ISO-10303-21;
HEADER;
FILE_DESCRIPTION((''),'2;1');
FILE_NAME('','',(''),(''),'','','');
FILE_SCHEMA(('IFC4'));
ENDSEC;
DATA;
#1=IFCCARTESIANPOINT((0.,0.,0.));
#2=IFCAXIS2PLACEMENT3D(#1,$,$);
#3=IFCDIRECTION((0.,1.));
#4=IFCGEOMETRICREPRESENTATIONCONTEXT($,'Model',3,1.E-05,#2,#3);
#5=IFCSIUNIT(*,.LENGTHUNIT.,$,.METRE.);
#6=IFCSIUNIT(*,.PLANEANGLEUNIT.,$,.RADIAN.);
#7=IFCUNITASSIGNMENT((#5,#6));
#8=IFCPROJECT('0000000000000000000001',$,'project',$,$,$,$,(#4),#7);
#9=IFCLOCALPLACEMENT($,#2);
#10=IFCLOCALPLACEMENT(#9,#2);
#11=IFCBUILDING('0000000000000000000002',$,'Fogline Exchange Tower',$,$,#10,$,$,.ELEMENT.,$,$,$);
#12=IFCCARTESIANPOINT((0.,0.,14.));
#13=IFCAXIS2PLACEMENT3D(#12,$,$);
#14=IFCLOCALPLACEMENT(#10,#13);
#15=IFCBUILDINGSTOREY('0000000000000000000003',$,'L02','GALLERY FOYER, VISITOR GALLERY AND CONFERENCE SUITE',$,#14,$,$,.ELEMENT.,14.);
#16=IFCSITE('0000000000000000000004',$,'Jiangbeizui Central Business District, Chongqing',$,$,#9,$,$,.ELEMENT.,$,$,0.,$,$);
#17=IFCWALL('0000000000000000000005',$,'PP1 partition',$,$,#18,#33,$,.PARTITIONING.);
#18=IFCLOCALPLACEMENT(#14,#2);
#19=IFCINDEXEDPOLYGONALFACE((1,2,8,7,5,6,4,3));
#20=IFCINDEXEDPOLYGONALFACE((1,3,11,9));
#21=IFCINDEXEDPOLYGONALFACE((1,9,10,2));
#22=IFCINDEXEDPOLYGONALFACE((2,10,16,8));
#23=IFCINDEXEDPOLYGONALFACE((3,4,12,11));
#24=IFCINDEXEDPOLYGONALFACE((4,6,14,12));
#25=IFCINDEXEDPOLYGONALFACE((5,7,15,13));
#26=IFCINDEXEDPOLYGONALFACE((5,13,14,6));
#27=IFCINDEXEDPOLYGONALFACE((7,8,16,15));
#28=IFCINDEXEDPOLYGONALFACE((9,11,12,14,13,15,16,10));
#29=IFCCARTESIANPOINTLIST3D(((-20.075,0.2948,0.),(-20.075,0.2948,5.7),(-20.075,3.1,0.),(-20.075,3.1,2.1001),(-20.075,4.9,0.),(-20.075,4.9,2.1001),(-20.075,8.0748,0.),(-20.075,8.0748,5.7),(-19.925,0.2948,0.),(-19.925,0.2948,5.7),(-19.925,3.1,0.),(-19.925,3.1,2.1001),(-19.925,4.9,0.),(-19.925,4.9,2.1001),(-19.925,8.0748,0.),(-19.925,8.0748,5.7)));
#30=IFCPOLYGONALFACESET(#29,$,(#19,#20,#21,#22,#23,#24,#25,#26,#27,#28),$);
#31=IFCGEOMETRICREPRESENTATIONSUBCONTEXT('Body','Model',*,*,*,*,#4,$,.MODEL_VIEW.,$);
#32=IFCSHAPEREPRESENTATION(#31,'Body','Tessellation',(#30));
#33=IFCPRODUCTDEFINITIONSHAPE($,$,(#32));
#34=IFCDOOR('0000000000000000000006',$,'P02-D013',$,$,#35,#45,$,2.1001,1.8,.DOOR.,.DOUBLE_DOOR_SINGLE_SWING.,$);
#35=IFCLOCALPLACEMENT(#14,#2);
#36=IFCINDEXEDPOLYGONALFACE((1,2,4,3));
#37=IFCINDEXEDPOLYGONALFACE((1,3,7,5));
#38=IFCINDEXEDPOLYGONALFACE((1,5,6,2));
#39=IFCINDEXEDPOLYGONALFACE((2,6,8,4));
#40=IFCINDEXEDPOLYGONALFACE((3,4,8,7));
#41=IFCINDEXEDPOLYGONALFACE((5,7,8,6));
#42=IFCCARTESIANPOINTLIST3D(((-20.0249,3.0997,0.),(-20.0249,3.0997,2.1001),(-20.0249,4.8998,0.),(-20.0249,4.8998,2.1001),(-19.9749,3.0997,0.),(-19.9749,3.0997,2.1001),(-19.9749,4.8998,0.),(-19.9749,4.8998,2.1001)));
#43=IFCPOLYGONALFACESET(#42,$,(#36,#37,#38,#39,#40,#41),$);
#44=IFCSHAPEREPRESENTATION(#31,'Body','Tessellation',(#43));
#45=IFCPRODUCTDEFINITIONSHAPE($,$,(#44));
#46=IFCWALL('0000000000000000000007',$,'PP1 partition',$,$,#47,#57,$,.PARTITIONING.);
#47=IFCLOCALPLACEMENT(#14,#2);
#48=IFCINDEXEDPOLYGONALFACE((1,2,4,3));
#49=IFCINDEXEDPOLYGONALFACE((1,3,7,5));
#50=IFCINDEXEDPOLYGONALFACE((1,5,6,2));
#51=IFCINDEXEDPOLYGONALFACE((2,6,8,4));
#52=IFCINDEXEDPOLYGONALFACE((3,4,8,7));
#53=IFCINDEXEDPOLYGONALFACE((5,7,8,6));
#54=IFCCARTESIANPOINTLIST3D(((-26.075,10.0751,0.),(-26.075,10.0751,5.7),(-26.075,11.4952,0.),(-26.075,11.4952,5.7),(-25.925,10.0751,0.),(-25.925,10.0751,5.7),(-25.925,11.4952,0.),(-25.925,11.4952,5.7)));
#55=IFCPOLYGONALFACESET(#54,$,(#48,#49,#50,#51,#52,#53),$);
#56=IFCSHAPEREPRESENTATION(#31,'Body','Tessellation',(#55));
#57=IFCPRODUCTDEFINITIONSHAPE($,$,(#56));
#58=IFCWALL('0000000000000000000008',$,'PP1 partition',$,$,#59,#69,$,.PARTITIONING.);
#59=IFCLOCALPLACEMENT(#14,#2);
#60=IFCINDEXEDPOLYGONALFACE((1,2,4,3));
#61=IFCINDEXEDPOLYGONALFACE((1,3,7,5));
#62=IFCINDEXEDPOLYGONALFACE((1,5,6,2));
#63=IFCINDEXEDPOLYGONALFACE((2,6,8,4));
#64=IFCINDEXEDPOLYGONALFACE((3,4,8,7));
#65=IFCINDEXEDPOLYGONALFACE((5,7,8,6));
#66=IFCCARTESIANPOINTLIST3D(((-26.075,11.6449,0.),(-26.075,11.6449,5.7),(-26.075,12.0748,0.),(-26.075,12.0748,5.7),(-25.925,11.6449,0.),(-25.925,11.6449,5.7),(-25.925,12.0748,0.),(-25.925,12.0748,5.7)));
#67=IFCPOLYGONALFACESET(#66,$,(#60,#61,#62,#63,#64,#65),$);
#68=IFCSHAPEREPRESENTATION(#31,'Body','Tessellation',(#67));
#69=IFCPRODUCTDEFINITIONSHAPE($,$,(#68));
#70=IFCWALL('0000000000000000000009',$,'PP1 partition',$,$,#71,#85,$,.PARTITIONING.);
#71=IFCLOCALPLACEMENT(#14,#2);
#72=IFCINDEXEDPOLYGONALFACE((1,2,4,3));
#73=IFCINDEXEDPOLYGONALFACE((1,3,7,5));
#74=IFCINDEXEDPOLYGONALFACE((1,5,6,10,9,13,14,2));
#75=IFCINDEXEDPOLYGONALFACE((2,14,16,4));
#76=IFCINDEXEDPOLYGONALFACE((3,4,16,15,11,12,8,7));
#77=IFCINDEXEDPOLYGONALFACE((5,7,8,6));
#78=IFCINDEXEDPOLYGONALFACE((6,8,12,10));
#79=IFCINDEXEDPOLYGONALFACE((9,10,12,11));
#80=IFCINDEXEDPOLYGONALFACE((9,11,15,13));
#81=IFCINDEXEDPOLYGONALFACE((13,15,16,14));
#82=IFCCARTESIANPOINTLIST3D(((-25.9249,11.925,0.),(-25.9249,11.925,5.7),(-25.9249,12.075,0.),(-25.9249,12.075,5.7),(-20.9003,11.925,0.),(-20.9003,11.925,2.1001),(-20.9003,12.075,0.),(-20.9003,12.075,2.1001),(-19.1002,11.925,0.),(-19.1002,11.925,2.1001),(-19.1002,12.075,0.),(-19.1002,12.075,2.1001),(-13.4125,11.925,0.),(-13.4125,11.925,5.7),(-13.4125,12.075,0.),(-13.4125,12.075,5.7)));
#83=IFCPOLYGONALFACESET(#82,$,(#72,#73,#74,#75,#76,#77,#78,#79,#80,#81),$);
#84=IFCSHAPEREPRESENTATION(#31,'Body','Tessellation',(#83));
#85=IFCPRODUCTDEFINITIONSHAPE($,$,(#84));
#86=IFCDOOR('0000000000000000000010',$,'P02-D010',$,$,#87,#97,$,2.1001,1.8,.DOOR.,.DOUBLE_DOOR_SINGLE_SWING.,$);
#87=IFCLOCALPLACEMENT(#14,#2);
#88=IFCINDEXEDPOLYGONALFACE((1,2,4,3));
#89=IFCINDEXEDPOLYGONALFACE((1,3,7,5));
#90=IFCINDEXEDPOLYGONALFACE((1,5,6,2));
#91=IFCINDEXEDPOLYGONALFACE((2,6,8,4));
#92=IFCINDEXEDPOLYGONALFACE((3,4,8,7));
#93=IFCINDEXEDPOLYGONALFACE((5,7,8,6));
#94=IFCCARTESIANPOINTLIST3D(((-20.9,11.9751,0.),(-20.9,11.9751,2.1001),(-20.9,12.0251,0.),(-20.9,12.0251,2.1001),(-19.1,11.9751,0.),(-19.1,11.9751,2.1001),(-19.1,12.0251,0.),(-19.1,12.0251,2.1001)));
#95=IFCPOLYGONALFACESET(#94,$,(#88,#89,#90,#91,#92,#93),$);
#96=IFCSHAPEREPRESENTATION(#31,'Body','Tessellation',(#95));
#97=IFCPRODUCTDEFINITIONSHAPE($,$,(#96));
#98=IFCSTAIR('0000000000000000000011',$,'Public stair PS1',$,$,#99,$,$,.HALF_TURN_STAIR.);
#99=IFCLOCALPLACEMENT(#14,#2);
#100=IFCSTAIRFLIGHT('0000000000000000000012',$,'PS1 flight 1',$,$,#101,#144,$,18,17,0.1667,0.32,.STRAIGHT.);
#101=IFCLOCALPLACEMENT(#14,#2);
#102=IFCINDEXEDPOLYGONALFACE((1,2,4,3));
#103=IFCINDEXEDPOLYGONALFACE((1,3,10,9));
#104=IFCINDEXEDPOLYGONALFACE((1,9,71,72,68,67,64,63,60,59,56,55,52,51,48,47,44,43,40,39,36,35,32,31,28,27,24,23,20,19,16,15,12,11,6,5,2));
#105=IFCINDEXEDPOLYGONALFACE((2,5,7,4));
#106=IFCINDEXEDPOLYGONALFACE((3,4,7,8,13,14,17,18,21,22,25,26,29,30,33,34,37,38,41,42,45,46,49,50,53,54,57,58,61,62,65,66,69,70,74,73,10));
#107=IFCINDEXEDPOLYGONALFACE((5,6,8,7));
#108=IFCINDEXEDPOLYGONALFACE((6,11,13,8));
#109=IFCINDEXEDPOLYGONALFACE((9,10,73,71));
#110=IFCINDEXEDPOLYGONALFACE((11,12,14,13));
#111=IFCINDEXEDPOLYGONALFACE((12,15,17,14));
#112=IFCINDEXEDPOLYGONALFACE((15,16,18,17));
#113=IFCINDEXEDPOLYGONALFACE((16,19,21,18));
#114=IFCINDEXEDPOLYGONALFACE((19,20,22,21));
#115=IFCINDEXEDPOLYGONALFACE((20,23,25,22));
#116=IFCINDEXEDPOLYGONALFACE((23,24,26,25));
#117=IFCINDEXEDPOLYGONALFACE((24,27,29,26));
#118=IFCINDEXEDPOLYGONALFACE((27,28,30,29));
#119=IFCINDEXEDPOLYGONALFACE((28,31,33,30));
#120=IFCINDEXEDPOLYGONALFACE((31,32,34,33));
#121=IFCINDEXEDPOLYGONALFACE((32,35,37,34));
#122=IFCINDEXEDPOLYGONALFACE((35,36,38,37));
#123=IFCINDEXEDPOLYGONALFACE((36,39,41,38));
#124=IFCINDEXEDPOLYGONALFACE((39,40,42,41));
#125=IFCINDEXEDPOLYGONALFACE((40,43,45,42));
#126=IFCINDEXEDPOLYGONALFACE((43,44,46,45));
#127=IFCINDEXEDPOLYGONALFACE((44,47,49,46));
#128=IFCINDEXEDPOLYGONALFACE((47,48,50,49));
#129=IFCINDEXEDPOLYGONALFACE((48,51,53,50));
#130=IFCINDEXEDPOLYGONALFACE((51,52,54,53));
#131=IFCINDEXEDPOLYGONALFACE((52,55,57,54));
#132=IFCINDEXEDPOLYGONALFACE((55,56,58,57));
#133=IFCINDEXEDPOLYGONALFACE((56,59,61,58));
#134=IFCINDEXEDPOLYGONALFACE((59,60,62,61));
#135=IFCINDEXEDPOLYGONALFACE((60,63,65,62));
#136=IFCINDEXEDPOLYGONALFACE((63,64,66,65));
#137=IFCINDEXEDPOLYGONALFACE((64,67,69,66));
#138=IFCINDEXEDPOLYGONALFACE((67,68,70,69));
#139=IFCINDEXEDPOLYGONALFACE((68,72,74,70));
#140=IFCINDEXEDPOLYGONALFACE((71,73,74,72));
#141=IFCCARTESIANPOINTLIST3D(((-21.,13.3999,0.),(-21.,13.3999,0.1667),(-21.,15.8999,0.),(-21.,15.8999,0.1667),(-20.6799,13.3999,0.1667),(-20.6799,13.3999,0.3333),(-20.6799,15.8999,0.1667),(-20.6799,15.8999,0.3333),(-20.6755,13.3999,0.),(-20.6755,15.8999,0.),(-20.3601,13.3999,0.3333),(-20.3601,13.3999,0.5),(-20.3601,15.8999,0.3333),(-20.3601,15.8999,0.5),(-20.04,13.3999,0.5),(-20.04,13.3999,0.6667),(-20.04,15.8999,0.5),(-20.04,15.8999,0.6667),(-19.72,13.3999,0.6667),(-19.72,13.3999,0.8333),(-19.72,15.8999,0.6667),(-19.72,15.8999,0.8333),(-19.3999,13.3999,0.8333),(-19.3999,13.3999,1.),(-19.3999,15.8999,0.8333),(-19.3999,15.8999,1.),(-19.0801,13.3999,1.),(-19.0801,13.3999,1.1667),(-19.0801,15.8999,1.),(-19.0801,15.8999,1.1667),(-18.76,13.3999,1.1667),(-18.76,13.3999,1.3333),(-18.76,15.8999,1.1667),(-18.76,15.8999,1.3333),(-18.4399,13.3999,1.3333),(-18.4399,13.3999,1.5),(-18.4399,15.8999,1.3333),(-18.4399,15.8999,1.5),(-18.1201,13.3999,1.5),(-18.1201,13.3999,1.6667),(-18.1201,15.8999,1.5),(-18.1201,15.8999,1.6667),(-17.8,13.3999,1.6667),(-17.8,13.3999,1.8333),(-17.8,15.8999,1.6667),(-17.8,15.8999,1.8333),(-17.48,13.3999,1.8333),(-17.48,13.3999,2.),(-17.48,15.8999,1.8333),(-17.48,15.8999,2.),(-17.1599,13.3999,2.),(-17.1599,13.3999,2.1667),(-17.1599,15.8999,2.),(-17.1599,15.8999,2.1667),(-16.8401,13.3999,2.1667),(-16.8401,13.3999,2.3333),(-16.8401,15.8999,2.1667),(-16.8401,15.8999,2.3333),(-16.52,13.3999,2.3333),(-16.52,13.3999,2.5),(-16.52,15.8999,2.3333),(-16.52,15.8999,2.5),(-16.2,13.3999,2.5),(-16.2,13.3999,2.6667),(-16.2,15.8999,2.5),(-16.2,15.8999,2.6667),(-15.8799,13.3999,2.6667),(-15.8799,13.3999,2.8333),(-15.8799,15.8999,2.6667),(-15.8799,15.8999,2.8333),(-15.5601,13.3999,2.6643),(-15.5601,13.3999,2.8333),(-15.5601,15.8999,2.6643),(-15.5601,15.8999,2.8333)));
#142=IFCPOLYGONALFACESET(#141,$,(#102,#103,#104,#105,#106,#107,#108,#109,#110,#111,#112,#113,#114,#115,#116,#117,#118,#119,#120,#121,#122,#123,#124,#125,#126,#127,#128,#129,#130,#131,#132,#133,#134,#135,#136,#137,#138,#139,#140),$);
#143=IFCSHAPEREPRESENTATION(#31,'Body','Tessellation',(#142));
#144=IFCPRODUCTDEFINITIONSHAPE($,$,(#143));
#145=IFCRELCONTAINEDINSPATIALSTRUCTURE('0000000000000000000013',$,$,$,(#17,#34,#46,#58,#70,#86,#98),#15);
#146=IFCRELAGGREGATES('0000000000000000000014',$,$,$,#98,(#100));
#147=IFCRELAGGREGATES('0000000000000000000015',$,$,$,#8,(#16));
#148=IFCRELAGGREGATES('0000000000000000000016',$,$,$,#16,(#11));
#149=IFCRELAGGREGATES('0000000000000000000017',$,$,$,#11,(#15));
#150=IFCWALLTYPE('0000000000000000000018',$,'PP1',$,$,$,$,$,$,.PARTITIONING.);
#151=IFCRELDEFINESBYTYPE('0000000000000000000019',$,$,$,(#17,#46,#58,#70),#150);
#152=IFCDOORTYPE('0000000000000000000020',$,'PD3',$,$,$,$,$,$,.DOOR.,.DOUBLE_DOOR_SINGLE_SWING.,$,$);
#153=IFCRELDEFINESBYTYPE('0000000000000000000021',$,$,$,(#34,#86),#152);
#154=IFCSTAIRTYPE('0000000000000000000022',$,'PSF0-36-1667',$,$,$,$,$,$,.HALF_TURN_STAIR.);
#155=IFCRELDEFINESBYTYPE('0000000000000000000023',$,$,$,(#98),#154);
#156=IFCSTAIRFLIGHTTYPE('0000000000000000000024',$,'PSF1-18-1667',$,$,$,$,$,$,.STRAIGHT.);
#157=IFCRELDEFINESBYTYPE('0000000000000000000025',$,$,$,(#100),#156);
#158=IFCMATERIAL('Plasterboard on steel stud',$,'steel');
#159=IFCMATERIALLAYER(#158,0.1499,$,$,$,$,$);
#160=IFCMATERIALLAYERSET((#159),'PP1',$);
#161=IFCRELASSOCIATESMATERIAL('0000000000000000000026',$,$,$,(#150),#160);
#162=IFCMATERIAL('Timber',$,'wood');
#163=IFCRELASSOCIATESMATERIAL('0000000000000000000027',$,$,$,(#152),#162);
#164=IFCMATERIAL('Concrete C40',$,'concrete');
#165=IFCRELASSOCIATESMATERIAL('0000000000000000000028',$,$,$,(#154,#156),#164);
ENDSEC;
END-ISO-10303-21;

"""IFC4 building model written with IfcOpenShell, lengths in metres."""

from ifc_helpers import new_model, si_unit, direction, frame, frame_2d, origin, place, context, subcontext, project, spatial, polyline, rectangle, outline, extrude, material, layer, layer_set, type_object, element, fill, aggregate, save


model = new_model("IFC4")

# Units and contexts
model_context = context("Model", 3, precision=1e-05, world=origin(), true_north=direction((0.0, 1.0)))
body_context = subcontext(model_context, "Body", "Model", "MODEL_VIEW")
ifc_project = project(units=[si_unit("LENGTHUNIT", "METRE"), si_unit("PLANEANGLEUNIT", "RADIAN")], contexts=[model_context])

# Site, building, storey
site_placement = place(None, origin())
site = spatial("IfcSite", under=ifc_project, at=site_placement, Name="Jiangbeizui Central Business District, Chongqing", CompositionType="ELEMENT", RefElevation=0.0)
building_placement = place(site_placement, origin())
building = spatial("IfcBuilding", under=site, at=building_placement, Name="Fogline Exchange Tower", CompositionType="ELEMENT")
storey_placement = place(building_placement, frame((0.0, 0.0, 14.0)))
storey = spatial("IfcBuildingStorey", under=building, at=storey_placement, Name="L02", Description="GALLERY FOYER, VISITOR GALLERY AND CONFERENCE SUITE", CompositionType="ELEMENT", Elevation=14.0)

# Wall, opening, door
ifc_material_1 = material(Name="Plasterboard on steel stud", Category="steel")
ifc_layer = layer(ifc_material_1, 0.1499)
ifc_layer_set = layer_set([ifc_layer], Name="PP1")
wall_type = type_object("IfcWallType", Name="PP1", PredefinedType="PARTITIONING", material=ifc_layer_set)
wall_1_placement = place(storey_placement, frame((-20.0, 8.075, 0.0), z_axis=(0.0, 0.0, 1.0), x_axis=(0.0, -1.0, 0.0)))
wall_1 = element("IfcWall", 1, at=wall_1_placement, inside=storey, type_object=wall_type, Name="PP1 partition", PredefinedType="PARTITIONING", context=body_context, shape_type="SweptSolid", body=[
    extrude(rectangle(XDim=7.78, YDim=0.1499, at=frame_2d((3.8901, 0.0))), origin(), (0.0, 0.0, 1.0), 5.7),
])
opening_1_placement = place(wall_1_placement, frame((3.175, 0.0, 0.0)))
opening_1 = element("IfcOpeningElement", 2, at=opening_1_placement, cuts=wall_1, PredefinedType="OPENING", context=body_context, shape_type="SweptSolid", body=[
    extrude(rectangle(XDim=1.8, YDim=2.1001, at=frame_2d((0.8999, 1.05))), frame((0.0, 0.085, 0.0), z_axis=(0.0, -1.0, 0.0), x_axis=(1.0, 0.0, 0.0)), (0.0, 0.0, 1.0), 0.1699),
])
ifc_material_2 = material(Name="Timber", Category="wood")
door_type = type_object("IfcDoorType", Name="PD3", OperationType="DOUBLE_DOOR_SINGLE_SWING", PredefinedType="DOOR", material=ifc_material_2)
door_1_placement = place(opening_1_placement, frame((1.8, 0.0, 0.0), z_axis=(0.0, 0.0, 1.0), x_axis=(-1.0, 0.0, 0.0)))
door_1 = element("IfcDoor", 3, at=door_1_placement, inside=storey, type_object=door_type, Name="P02-D013", OperationType="DOUBLE_DOOR_SINGLE_SWING", OverallHeight=2.1001, OverallWidth=1.8, PredefinedType="DOOR", context=body_context, shape_type="SweptSolid", body=[
    extrude(rectangle(XDim=1.8, YDim=2.1001, at=frame_2d((0.8999, 1.05))), frame((0.0, 0.0249, 0.0), z_axis=(0.0, -1.0, 0.0), x_axis=(1.0, 0.0, 0.0)), (0.0, 0.0, 1.0), 0.05),
])
fill(opening_1, door_1)

# Walls
wall_2_placement = place(storey_placement, frame((-26.0, 11.4951, 0.0), z_axis=(0.0, 0.0, 1.0), x_axis=(0.0, -1.0, 0.0)))
element("IfcWall", 4, at=wall_2_placement, inside=storey, type_object=wall_type, Name="PP1 partition", PredefinedType="PARTITIONING", context=body_context, shape_type="SweptSolid", body=[
    extrude(rectangle(XDim=1.4202, YDim=0.1499, at=frame_2d((0.71, 0.0))), origin(), (0.0, 0.0, 1.0), 5.7),
])
wall_3_placement = place(storey_placement, frame((-26.0, 11.645, 0.0), z_axis=(0.0, 0.0, 1.0), x_axis=(0.0, 1.0, 0.0)))
element("IfcWall", 5, at=wall_3_placement, inside=storey, type_object=wall_type, Name="PP1 partition", PredefinedType="PARTITIONING", context=body_context, shape_type="SweptSolid", body=[
    extrude(rectangle(XDim=0.4299, YDim=0.1499, at=frame_2d((0.2148, 0.0))), origin(), (0.0, 0.0, 1.0), 5.7),
])

# Wall, opening, door
wall_4_placement = place(storey_placement, frame((-25.925, 12.0, 0.0), z_axis=(0.0, 0.0, 1.0), x_axis=(1.0, 0.0, 0.0)))
wall_4 = element("IfcWall", 6, at=wall_4_placement, inside=storey, type_object=wall_type, Name="PP1 partition", PredefinedType="PARTITIONING", context=body_context, shape_type="SweptSolid", body=[
    extrude(rectangle(XDim=12.5125, YDim=0.1499, at=frame_2d((6.2563, 0.0))), origin(), (0.0, 0.0, 1.0), 5.7),
])
opening_2_placement = place(wall_4_placement, frame((5.0249, 0.0, 0.0)))
opening_2 = element("IfcOpeningElement", 7, at=opening_2_placement, cuts=wall_4, PredefinedType="OPENING", context=body_context, shape_type="SweptSolid", body=[
    extrude(rectangle(XDim=1.8, YDim=2.1001, at=frame_2d((0.8999, 1.05))), frame((0.0, 0.085, 0.0), z_axis=(0.0, -1.0, 0.0), x_axis=(1.0, 0.0, 0.0)), (0.0, 0.0, 1.0), 0.1699),
])
door_2_placement = place(opening_2_placement, frame((1.8, 0.0, 0.0), z_axis=(0.0, 0.0, 1.0), x_axis=(-1.0, 0.0, 0.0)))
door_2 = element("IfcDoor", 8, at=door_2_placement, inside=storey, type_object=door_type, Name="P02-D010", OperationType="DOUBLE_DOOR_SINGLE_SWING", OverallHeight=2.1001, OverallWidth=1.8, PredefinedType="DOOR", context=body_context, shape_type="SweptSolid", body=[
    extrude(rectangle(XDim=1.8, YDim=2.1001, at=frame_2d((0.8999, 1.05))), frame((0.0, 0.0249, 0.0), z_axis=(0.0, -1.0, 0.0), x_axis=(1.0, 0.0, 0.0)), (0.0, 0.0, 1.0), 0.05),
])
fill(opening_2, door_2)

# Stair, stair flight
ifc_material_3 = material(Name="Concrete C40", Category="concrete")
stair_type = type_object("IfcStairType", Name="PSF0-36-1667", PredefinedType="HALF_TURN_STAIR", material=ifc_material_3)
stair_placement = place(storey_placement, origin())
stair = element("IfcStair", 9, at=stair_placement, inside=storey, type_object=stair_type, Name="Public stair PS1", PredefinedType="HALF_TURN_STAIR")
stair_flight_type = type_object("IfcStairFlightType", Name="PSF1-18-1667", PredefinedType="STRAIGHT", material=ifc_material_3)
stair_flight_placement = place(storey_placement, frame((-21.0, 14.6499, 0.0), z_axis=(0.0, 0.0, 1.0), x_axis=(1.0, 0.0, 0.0)))
stair_flight = element("IfcStairFlight", 10, at=stair_flight_placement, type_object=stair_flight_type, Name="PS1 flight 1", NumberOfRisers=18, NumberOfTreads=17, PredefinedType="STRAIGHT", RiserHeight=0.1667, TreadLength=0.32, context=body_context, shape_type="SweptSolid", body=[
    extrude(outline(polyline([(0.0, 0.0), (0.0, 0.1667), (0.3201, 0.1667), (0.3201, 0.3333), (0.6399, 0.3333), (0.6399, 0.5), (0.96, 0.5), (0.96, 0.6667), (1.28, 0.6667), (1.28, 0.8333), (1.6001, 0.8333), (1.6001, 1.0), (1.9199, 1.0), (1.9199, 1.1667), (2.24, 1.1667), (2.24, 1.3333), (2.5601, 1.3333), (2.5601, 1.5), (2.8799, 1.5), (2.8799, 1.6667), (3.2, 1.6667), (3.2, 1.8333), (3.52, 1.8333), (3.52, 2.0), (3.8401, 2.0), (3.8401, 2.1667), (4.1599, 2.1667), (4.1599, 2.3333), (4.48, 2.3333), (4.48, 2.5), (4.8, 2.5), (4.8, 2.6667), (5.1201, 2.6667), (5.1201, 2.8333), (5.4399, 2.8333), (5.4399, 3.0), (5.4399, 2.6643), (0.3245, 0.0), (0.0, 0.0)])), frame((0.0, 1.25, 0.0), z_axis=(0.0, -1.0, 0.0), x_axis=(1.0, 0.0, 0.0)), (0.0, 0.0, 1.0), 2.5),
])
aggregate(stair, [stair_flight])

save(model, "model.ifc")
